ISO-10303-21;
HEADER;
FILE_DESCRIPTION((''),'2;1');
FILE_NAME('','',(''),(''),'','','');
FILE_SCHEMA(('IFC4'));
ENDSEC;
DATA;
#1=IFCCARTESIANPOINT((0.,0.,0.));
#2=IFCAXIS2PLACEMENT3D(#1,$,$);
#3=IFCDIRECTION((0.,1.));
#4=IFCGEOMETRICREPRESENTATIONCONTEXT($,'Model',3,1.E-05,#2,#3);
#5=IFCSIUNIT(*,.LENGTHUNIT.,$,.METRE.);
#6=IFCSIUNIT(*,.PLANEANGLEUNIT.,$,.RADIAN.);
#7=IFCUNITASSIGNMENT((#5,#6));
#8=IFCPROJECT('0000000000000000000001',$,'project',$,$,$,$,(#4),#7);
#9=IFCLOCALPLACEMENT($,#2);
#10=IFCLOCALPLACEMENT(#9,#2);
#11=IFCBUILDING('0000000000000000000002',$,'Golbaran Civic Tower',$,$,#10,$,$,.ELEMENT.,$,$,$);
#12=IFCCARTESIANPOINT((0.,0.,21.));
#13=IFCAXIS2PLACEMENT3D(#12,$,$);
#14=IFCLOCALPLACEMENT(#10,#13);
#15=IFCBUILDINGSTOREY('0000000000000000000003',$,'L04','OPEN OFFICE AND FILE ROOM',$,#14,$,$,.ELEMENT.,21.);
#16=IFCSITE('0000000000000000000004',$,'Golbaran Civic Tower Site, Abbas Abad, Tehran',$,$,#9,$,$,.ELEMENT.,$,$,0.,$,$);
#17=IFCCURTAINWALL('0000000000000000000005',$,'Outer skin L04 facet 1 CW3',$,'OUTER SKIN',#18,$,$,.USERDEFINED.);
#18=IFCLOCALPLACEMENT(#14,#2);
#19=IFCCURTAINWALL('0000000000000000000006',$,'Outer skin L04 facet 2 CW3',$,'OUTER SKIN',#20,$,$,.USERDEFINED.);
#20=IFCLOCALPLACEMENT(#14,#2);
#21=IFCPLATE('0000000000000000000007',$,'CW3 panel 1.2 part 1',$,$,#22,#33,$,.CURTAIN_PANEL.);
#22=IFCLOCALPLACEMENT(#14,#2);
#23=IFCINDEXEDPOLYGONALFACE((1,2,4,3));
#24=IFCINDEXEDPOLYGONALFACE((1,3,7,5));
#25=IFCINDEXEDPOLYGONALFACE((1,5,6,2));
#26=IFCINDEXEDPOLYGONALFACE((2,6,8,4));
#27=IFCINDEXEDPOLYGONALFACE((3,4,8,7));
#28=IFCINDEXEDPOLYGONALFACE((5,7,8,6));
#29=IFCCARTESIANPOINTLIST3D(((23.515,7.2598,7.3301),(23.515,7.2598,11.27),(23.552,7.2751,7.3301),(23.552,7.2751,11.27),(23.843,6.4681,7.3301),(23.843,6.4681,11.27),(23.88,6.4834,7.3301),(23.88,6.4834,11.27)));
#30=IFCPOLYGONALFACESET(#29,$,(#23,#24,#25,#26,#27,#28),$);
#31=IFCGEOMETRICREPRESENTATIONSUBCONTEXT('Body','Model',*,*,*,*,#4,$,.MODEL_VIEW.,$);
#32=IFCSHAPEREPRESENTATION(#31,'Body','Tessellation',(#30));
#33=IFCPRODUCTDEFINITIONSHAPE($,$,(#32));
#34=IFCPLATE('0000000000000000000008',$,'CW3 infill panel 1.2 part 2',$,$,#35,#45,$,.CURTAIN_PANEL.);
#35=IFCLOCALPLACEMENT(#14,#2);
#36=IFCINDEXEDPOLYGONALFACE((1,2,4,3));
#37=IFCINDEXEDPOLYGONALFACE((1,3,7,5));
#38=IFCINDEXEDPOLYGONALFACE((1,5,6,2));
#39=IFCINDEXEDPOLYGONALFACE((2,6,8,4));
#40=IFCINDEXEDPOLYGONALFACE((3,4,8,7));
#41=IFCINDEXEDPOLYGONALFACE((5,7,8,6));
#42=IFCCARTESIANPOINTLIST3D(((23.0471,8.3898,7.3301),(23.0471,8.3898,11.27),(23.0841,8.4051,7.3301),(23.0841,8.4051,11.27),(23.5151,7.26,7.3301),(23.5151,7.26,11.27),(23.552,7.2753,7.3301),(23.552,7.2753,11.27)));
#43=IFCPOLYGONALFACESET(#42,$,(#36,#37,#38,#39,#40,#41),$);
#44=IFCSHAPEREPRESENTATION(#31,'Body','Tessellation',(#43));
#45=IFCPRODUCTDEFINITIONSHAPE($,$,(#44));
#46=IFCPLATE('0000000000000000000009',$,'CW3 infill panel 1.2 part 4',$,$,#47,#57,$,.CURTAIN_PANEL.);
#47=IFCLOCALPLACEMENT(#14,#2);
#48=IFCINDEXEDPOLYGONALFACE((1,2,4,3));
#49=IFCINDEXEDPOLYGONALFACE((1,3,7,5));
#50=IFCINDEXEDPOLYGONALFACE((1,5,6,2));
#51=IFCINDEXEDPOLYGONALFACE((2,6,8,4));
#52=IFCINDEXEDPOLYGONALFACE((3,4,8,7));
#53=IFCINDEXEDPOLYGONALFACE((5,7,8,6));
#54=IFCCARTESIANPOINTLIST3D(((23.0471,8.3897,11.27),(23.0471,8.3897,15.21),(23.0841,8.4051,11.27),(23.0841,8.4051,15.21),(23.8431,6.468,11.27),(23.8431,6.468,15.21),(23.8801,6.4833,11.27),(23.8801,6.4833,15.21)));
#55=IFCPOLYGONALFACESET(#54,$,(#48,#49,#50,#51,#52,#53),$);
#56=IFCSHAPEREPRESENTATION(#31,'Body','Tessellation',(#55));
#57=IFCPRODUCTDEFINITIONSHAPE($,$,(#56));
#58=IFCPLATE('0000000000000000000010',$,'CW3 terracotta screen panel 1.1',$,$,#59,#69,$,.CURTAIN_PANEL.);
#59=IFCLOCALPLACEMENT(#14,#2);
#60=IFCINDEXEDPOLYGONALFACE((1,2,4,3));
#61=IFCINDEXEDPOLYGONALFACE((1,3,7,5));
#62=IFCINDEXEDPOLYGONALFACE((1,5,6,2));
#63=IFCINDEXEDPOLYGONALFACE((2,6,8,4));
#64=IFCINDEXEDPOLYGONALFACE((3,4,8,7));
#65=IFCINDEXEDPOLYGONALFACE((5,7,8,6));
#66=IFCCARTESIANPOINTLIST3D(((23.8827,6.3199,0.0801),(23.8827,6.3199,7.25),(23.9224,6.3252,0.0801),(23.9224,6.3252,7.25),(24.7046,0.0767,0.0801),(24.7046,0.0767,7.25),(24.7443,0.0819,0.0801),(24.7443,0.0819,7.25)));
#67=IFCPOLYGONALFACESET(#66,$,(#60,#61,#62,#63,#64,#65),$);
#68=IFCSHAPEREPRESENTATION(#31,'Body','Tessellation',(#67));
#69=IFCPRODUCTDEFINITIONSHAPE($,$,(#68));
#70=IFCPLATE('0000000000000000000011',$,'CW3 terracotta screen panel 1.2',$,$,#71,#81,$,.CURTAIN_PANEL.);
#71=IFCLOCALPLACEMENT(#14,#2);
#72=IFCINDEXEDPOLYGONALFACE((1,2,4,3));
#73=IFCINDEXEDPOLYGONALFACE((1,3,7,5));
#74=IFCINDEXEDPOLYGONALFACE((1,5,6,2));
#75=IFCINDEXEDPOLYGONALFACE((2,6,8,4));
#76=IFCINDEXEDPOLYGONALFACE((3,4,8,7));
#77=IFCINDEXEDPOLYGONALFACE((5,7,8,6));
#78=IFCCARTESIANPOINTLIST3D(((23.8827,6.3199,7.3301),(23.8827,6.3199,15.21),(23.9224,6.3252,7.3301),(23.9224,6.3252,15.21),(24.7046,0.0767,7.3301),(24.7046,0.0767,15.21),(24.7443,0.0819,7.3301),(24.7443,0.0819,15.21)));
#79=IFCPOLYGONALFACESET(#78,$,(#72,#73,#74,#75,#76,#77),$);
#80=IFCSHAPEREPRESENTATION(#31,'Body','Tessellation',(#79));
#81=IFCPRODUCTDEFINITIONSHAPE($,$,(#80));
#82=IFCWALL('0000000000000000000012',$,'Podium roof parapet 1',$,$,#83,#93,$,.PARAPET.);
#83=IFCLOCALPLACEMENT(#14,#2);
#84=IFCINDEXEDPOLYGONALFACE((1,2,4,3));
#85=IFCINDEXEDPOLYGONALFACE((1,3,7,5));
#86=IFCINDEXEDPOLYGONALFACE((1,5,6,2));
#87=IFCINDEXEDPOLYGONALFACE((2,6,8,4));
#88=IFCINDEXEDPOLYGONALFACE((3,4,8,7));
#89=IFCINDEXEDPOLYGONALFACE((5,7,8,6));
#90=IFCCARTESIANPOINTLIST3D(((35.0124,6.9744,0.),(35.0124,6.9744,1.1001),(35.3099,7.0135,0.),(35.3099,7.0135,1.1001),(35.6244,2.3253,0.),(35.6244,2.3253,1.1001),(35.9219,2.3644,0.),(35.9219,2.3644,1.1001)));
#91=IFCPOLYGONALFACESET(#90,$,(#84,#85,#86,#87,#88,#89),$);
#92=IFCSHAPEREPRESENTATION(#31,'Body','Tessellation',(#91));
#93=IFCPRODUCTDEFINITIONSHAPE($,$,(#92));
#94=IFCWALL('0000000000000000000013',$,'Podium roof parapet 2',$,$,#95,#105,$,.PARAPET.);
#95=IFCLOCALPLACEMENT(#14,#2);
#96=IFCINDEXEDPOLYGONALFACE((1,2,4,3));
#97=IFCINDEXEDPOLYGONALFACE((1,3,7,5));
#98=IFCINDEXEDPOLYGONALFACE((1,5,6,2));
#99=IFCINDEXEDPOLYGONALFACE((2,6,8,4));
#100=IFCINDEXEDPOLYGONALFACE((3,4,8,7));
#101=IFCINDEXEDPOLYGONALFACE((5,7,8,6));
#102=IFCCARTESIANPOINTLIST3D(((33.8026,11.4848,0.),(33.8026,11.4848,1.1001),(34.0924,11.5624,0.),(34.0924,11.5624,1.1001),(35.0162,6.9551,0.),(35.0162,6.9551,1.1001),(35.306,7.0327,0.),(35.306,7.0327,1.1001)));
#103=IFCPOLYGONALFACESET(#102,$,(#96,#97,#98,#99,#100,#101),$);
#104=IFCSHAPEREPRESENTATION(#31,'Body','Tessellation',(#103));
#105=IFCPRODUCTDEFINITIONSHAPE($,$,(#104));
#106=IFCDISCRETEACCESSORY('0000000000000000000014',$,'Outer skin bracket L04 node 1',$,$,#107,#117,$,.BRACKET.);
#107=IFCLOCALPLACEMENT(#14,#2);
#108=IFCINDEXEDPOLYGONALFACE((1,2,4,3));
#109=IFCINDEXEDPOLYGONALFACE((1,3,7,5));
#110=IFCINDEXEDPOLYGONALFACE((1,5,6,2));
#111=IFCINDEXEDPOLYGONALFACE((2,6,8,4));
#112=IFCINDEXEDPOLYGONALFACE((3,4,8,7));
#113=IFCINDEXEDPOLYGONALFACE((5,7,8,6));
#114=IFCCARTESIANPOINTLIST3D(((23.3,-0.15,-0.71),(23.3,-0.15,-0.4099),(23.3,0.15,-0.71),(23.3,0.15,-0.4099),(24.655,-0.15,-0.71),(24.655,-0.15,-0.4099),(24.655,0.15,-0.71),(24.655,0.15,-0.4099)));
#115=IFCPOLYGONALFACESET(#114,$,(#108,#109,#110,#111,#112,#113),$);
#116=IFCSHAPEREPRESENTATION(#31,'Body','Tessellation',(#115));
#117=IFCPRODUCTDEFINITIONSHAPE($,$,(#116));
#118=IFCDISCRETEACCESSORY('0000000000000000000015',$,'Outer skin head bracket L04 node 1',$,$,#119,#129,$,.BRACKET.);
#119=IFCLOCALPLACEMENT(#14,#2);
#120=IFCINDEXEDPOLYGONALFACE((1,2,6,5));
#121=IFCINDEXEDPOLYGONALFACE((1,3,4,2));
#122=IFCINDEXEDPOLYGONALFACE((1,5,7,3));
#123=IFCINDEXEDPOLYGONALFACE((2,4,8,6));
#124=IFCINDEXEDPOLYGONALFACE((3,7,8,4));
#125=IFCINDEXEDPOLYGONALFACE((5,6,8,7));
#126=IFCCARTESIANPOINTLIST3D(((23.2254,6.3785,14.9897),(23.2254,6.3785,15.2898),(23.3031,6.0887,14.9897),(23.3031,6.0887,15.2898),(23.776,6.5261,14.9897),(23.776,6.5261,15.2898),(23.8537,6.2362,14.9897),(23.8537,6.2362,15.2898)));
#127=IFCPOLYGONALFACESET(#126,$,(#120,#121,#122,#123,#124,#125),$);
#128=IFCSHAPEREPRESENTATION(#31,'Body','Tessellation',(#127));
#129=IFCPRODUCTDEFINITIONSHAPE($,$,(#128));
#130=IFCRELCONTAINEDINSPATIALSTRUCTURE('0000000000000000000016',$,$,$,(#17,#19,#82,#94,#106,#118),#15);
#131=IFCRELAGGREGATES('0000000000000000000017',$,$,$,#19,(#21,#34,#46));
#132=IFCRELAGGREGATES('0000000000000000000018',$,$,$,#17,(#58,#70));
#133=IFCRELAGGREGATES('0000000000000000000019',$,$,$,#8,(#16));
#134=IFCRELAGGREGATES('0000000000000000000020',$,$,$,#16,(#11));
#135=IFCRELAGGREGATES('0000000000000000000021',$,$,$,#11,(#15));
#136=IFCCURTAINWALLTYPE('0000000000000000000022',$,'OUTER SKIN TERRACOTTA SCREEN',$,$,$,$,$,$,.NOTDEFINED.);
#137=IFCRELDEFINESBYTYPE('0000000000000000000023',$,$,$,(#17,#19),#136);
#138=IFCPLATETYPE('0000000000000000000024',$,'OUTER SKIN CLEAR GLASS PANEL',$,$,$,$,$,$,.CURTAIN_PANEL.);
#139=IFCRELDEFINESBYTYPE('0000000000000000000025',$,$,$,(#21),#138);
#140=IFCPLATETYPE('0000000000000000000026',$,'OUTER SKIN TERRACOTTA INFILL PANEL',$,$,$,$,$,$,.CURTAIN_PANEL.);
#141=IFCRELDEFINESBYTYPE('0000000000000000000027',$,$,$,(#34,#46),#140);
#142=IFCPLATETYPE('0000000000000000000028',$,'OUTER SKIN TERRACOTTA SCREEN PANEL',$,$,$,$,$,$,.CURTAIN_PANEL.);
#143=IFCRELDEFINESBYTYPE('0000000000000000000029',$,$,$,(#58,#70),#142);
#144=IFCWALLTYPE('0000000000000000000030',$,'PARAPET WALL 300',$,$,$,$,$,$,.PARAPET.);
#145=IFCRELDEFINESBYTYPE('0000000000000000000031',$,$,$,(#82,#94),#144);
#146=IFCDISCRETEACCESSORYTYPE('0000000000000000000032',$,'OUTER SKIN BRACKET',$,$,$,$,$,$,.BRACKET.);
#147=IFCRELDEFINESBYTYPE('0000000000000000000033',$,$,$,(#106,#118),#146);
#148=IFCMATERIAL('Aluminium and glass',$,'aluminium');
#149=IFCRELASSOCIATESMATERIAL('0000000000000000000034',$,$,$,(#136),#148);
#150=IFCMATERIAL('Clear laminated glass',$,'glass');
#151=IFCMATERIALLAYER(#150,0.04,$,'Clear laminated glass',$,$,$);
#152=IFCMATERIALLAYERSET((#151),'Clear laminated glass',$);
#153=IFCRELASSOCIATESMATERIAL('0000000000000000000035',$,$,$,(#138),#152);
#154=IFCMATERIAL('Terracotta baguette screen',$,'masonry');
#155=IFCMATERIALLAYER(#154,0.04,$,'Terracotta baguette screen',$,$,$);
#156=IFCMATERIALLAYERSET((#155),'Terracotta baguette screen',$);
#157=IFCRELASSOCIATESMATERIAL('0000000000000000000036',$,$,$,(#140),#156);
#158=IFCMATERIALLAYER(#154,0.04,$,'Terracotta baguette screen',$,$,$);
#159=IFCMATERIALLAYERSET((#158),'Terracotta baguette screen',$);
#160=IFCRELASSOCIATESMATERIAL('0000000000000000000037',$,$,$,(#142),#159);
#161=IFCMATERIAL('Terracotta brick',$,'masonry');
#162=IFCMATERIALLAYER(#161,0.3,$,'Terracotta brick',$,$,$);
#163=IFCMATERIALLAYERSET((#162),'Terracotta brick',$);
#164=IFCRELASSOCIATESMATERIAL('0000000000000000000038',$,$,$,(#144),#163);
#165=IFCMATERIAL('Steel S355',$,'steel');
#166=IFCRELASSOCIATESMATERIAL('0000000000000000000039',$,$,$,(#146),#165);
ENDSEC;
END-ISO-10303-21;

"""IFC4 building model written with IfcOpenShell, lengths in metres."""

from ifc_helpers import new_model, si_unit, direction, frame, frame_2d, origin, origin_2d, place, context, subcontext, project, spatial, rectangle, extrude, material, layer, layer_set, type_object, element, aggregate, save


model = new_model("IFC4")

# Units and contexts
model_context = context("Model", 3, precision=1e-05, world=origin(), true_north=direction((0.0, 1.0)))
body_context = subcontext(model_context, "Body", "Model", "MODEL_VIEW")
ifc_project = project(units=[si_unit("LENGTHUNIT", "METRE"), si_unit("PLANEANGLEUNIT", "RADIAN")], contexts=[model_context])

# Site, building, storey
site_placement = place(None, origin())
site = spatial("IfcSite", under=ifc_project, at=site_placement, Name="Golbaran Civic Tower Site, Abbas Abad, Tehran", CompositionType="ELEMENT", RefElevation=0.0)
building_placement = place(site_placement, origin())
building = spatial("IfcBuilding", under=site, at=building_placement, Name="Golbaran Civic Tower", CompositionType="ELEMENT")
storey_placement = place(building_placement, frame((0.0, 0.0, 21.0)))
storey = spatial("IfcBuildingStorey", under=building, at=storey_placement, Name="L04", Description="OPEN OFFICE AND FILE ROOM", CompositionType="ELEMENT", Elevation=21.0)

# Shared definitions
ifc_material_1 = material(Name="Steel S355", Category="steel")

# Shared definitions
ifc_material_2 = material(Name="Aluminium and glass", Category="aluminium")

# Curtain wall
curtain_wall_type_1 = type_object("IfcCurtainWallType", Name="OUTER SKIN TERRACOTTA SCREEN", PredefinedType="NOTDEFINED", material=ifc_material_2)
curtain_wall_1_placement = place(storey_placement, origin())
curtain_wall_1 = element("IfcCurtainWall", 1, at=curtain_wall_1_placement, inside=storey, type_object=curtain_wall_type_1, Name="Outer skin L04 facet 1 CW3", ObjectType="OUTER SKIN", PredefinedType="USERDEFINED")

# Curtain wall
curtain_wall_2_placement = place(storey_placement, origin())
curtain_wall_2 = element("IfcCurtainWall", 2, at=curtain_wall_2_placement, inside=storey, type_object=curtain_wall_type_1, Name="Outer skin L04 facet 2 CW3", ObjectType="OUTER SKIN", PredefinedType="USERDEFINED")

# Plates
ifc_material_3 = material(Name="Clear laminated glass", Category="glass")
ifc_layer_1 = layer(ifc_material_3, 0.04, Name="Clear laminated glass")
ifc_layer_set_1 = layer_set([ifc_layer_1], Name="Clear laminated glass")
plate_type_1 = type_object("IfcPlateType", Name="OUTER SKIN CLEAR GLASS PANEL", PredefinedType="CURTAIN_PANEL", material=ifc_layer_set_1)
plate_1_placement = place(storey_placement, frame((23.6975, 6.8716, 7.3301), z_axis=(0.0, 0.0, 1.0), x_axis=(-0.382683, 0.92388, 0.0)))
plate_1 = element("IfcPlate", 3, at=plate_1_placement, type_object=plate_type_1, Name="CW3 panel 1.2 part 1", PredefinedType="CURTAIN_PANEL", context=body_context, shape_type="SweptSolid", body=[
    extrude(rectangle(XDim=0.8569, YDim=0.04, at=origin_2d()), origin(), (0.0, 0.0, 1.0), 3.9399),
])
ifc_material_4 = material(Name="Terracotta baguette screen", Category="masonry")
ifc_layer_2 = layer(ifc_material_4, 0.04, Name="Terracotta baguette screen")
ifc_layer_set_2 = layer_set([ifc_layer_2], Name="Terracotta baguette screen")
plate_type_2 = type_object("IfcPlateType", Name="OUTER SKIN TERRACOTTA INFILL PANEL", PredefinedType="CURTAIN_PANEL", material=ifc_layer_set_2)
plate_2_placement = place(storey_placement, frame((23.2996, 7.8325, 7.3301), z_axis=(0.0, 0.0, 1.0), x_axis=(-0.382683, 0.92388, 0.0)))
plate_2 = element("IfcPlate", 4, at=plate_2_placement, type_object=plate_type_2, Name="CW3 infill panel 1.2 part 2", PredefinedType="CURTAIN_PANEL", context=body_context, shape_type="SweptSolid", body=[
    extrude(rectangle(XDim=1.2229, YDim=0.04, at=origin_2d()), origin(), (0.0, 0.0, 1.0), 3.9399),
])
plate_3_placement = place(storey_placement, frame((23.4636, 7.4365, 11.27), z_axis=(0.0, 0.0, 1.0), x_axis=(-0.382683, 0.92388, 0.0)))
plate_3 = element("IfcPlate", 5, at=plate_3_placement, type_object=plate_type_2, Name="CW3 infill panel 1.2 part 4", PredefinedType="CURTAIN_PANEL", context=body_context, shape_type="SweptSolid", body=[
    extrude(rectangle(XDim=2.0801, YDim=0.04, at=origin_2d()), origin(), (0.0, 0.0, 1.0), 3.9399),
])
aggregate(curtain_wall_2, [plate_1, plate_2, plate_3])
ifc_layer_3 = layer(ifc_material_4, 0.04, Name="Terracotta baguette screen")
ifc_layer_set_3 = layer_set([ifc_layer_3], Name="Terracotta baguette screen")
plate_type_3 = type_object("IfcPlateType", Name="OUTER SKIN TERRACOTTA SCREEN PANEL", PredefinedType="CURTAIN_PANEL", material=ifc_layer_set_3)
plate_4_placement = place(storey_placement, frame((24.3135, 3.2009, 0.0801), z_axis=(0.0, 0.0, 1.0), x_axis=(-0.130526, 0.991445, 0.0)))
plate_4 = element("IfcPlate", 6, at=plate_4_placement, type_object=plate_type_3, Name="CW3 terracotta screen panel 1.1", PredefinedType="CURTAIN_PANEL", context=body_context, shape_type="SweptSolid", body=[
    extrude(rectangle(XDim=6.2971, YDim=0.04, at=origin_2d()), origin(), (0.0, 0.0, 1.0), 7.1699),
])
plate_5_placement = place(storey_placement, frame((24.3135, 3.2009, 7.3301), z_axis=(0.0, 0.0, 1.0), x_axis=(-0.130526, 0.991445, 0.0)))
plate_5 = element("IfcPlate", 7, at=plate_5_placement, type_object=plate_type_3, Name="CW3 terracotta screen panel 1.2", PredefinedType="CURTAIN_PANEL", context=body_context, shape_type="SweptSolid", body=[
    extrude(rectangle(XDim=6.2971, YDim=0.04, at=origin_2d()), origin(), (0.0, 0.0, 1.0), 7.8799),
])
aggregate(curtain_wall_1, [plate_4, plate_5])

# Walls
ifc_material_5 = material(Name="Terracotta brick", Category="masonry")
ifc_layer_4 = layer(ifc_material_5, 0.3, Name="Terracotta brick")
ifc_layer_set_4 = layer_set([ifc_layer_4], Name="Terracotta brick")
wall_type = type_object("IfcWallType", Name="PARAPET WALL 300", PredefinedType="PARAPET", material=ifc_layer_set_4)
wall_1_placement = place(storey_placement, frame((35.7732, 2.3447, 0.0), z_axis=(0.0, 0.0, 1.0), x_axis=(-0.130523, 0.991445, 0.0)))
element("IfcWall", 8, at=wall_1_placement, inside=storey, type_object=wall_type, Name="Podium roof parapet 1", PredefinedType="PARAPET", context=body_context, shape_type="SweptSolid", body=[
    extrude(rectangle(XDim=4.6892, YDim=0.3, at=frame_2d((2.3447, 0.0))), origin(), (0.0, 0.0, 1.0), 1.1001),
])
wall_2_placement = place(storey_placement, frame((35.1611, 6.9939, 0.0), z_axis=(0.0, 0.0, 1.0), x_axis=(-0.258793, 0.965933, 0.0)))
element("IfcWall", 9, at=wall_2_placement, inside=storey, type_object=wall_type, Name="Podium roof parapet 2", PredefinedType="PARAPET", context=body_context, shape_type="SweptSolid", body=[
    extrude(rectangle(XDim=4.6895, YDim=0.3, at=frame_2d((2.3447, 0.0))), origin(), (0.0, 0.0, 1.0), 1.1001),
])

# Discrete accessories
discrete_accessory_type = type_object("IfcDiscreteAccessoryType", Name="OUTER SKIN BRACKET", PredefinedType="BRACKET", material=ifc_material_1)
discrete_accessory_1_placement = place(storey_placement, frame((23.9775, 0.0, -0.71), z_axis=(0.0, 0.0, 1.0), x_axis=(1.0, 0.0, 0.0)))
element("IfcDiscreteAccessory", 10, at=discrete_accessory_1_placement, inside=storey, type_object=discrete_accessory_type, Name="Outer skin bracket L04 node 1", PredefinedType="BRACKET", context=body_context, shape_type="SweptSolid", body=[
    extrude(rectangle(XDim=1.355, YDim=0.3, at=origin_2d()), origin(), (0.0, 0.0, 1.0), 0.3),
])
discrete_accessory_2_placement = place(storey_placement, frame((23.5396, 6.3074, 14.9897), z_axis=(0.0, 0.0, 1.0), x_axis=(0.965926, 0.258819, 0.0)))
element("IfcDiscreteAccessory", 11, at=discrete_accessory_2_placement, inside=storey, type_object=discrete_accessory_type, Name="Outer skin head bracket L04 node 1", PredefinedType="BRACKET", context=body_context, shape_type="SweptSolid", body=[
    extrude(rectangle(XDim=0.5701, YDim=0.3, at=origin_2d()), origin(), (0.0, 0.0, 1.0), 0.3),
])

save(model, "model.ifc")
